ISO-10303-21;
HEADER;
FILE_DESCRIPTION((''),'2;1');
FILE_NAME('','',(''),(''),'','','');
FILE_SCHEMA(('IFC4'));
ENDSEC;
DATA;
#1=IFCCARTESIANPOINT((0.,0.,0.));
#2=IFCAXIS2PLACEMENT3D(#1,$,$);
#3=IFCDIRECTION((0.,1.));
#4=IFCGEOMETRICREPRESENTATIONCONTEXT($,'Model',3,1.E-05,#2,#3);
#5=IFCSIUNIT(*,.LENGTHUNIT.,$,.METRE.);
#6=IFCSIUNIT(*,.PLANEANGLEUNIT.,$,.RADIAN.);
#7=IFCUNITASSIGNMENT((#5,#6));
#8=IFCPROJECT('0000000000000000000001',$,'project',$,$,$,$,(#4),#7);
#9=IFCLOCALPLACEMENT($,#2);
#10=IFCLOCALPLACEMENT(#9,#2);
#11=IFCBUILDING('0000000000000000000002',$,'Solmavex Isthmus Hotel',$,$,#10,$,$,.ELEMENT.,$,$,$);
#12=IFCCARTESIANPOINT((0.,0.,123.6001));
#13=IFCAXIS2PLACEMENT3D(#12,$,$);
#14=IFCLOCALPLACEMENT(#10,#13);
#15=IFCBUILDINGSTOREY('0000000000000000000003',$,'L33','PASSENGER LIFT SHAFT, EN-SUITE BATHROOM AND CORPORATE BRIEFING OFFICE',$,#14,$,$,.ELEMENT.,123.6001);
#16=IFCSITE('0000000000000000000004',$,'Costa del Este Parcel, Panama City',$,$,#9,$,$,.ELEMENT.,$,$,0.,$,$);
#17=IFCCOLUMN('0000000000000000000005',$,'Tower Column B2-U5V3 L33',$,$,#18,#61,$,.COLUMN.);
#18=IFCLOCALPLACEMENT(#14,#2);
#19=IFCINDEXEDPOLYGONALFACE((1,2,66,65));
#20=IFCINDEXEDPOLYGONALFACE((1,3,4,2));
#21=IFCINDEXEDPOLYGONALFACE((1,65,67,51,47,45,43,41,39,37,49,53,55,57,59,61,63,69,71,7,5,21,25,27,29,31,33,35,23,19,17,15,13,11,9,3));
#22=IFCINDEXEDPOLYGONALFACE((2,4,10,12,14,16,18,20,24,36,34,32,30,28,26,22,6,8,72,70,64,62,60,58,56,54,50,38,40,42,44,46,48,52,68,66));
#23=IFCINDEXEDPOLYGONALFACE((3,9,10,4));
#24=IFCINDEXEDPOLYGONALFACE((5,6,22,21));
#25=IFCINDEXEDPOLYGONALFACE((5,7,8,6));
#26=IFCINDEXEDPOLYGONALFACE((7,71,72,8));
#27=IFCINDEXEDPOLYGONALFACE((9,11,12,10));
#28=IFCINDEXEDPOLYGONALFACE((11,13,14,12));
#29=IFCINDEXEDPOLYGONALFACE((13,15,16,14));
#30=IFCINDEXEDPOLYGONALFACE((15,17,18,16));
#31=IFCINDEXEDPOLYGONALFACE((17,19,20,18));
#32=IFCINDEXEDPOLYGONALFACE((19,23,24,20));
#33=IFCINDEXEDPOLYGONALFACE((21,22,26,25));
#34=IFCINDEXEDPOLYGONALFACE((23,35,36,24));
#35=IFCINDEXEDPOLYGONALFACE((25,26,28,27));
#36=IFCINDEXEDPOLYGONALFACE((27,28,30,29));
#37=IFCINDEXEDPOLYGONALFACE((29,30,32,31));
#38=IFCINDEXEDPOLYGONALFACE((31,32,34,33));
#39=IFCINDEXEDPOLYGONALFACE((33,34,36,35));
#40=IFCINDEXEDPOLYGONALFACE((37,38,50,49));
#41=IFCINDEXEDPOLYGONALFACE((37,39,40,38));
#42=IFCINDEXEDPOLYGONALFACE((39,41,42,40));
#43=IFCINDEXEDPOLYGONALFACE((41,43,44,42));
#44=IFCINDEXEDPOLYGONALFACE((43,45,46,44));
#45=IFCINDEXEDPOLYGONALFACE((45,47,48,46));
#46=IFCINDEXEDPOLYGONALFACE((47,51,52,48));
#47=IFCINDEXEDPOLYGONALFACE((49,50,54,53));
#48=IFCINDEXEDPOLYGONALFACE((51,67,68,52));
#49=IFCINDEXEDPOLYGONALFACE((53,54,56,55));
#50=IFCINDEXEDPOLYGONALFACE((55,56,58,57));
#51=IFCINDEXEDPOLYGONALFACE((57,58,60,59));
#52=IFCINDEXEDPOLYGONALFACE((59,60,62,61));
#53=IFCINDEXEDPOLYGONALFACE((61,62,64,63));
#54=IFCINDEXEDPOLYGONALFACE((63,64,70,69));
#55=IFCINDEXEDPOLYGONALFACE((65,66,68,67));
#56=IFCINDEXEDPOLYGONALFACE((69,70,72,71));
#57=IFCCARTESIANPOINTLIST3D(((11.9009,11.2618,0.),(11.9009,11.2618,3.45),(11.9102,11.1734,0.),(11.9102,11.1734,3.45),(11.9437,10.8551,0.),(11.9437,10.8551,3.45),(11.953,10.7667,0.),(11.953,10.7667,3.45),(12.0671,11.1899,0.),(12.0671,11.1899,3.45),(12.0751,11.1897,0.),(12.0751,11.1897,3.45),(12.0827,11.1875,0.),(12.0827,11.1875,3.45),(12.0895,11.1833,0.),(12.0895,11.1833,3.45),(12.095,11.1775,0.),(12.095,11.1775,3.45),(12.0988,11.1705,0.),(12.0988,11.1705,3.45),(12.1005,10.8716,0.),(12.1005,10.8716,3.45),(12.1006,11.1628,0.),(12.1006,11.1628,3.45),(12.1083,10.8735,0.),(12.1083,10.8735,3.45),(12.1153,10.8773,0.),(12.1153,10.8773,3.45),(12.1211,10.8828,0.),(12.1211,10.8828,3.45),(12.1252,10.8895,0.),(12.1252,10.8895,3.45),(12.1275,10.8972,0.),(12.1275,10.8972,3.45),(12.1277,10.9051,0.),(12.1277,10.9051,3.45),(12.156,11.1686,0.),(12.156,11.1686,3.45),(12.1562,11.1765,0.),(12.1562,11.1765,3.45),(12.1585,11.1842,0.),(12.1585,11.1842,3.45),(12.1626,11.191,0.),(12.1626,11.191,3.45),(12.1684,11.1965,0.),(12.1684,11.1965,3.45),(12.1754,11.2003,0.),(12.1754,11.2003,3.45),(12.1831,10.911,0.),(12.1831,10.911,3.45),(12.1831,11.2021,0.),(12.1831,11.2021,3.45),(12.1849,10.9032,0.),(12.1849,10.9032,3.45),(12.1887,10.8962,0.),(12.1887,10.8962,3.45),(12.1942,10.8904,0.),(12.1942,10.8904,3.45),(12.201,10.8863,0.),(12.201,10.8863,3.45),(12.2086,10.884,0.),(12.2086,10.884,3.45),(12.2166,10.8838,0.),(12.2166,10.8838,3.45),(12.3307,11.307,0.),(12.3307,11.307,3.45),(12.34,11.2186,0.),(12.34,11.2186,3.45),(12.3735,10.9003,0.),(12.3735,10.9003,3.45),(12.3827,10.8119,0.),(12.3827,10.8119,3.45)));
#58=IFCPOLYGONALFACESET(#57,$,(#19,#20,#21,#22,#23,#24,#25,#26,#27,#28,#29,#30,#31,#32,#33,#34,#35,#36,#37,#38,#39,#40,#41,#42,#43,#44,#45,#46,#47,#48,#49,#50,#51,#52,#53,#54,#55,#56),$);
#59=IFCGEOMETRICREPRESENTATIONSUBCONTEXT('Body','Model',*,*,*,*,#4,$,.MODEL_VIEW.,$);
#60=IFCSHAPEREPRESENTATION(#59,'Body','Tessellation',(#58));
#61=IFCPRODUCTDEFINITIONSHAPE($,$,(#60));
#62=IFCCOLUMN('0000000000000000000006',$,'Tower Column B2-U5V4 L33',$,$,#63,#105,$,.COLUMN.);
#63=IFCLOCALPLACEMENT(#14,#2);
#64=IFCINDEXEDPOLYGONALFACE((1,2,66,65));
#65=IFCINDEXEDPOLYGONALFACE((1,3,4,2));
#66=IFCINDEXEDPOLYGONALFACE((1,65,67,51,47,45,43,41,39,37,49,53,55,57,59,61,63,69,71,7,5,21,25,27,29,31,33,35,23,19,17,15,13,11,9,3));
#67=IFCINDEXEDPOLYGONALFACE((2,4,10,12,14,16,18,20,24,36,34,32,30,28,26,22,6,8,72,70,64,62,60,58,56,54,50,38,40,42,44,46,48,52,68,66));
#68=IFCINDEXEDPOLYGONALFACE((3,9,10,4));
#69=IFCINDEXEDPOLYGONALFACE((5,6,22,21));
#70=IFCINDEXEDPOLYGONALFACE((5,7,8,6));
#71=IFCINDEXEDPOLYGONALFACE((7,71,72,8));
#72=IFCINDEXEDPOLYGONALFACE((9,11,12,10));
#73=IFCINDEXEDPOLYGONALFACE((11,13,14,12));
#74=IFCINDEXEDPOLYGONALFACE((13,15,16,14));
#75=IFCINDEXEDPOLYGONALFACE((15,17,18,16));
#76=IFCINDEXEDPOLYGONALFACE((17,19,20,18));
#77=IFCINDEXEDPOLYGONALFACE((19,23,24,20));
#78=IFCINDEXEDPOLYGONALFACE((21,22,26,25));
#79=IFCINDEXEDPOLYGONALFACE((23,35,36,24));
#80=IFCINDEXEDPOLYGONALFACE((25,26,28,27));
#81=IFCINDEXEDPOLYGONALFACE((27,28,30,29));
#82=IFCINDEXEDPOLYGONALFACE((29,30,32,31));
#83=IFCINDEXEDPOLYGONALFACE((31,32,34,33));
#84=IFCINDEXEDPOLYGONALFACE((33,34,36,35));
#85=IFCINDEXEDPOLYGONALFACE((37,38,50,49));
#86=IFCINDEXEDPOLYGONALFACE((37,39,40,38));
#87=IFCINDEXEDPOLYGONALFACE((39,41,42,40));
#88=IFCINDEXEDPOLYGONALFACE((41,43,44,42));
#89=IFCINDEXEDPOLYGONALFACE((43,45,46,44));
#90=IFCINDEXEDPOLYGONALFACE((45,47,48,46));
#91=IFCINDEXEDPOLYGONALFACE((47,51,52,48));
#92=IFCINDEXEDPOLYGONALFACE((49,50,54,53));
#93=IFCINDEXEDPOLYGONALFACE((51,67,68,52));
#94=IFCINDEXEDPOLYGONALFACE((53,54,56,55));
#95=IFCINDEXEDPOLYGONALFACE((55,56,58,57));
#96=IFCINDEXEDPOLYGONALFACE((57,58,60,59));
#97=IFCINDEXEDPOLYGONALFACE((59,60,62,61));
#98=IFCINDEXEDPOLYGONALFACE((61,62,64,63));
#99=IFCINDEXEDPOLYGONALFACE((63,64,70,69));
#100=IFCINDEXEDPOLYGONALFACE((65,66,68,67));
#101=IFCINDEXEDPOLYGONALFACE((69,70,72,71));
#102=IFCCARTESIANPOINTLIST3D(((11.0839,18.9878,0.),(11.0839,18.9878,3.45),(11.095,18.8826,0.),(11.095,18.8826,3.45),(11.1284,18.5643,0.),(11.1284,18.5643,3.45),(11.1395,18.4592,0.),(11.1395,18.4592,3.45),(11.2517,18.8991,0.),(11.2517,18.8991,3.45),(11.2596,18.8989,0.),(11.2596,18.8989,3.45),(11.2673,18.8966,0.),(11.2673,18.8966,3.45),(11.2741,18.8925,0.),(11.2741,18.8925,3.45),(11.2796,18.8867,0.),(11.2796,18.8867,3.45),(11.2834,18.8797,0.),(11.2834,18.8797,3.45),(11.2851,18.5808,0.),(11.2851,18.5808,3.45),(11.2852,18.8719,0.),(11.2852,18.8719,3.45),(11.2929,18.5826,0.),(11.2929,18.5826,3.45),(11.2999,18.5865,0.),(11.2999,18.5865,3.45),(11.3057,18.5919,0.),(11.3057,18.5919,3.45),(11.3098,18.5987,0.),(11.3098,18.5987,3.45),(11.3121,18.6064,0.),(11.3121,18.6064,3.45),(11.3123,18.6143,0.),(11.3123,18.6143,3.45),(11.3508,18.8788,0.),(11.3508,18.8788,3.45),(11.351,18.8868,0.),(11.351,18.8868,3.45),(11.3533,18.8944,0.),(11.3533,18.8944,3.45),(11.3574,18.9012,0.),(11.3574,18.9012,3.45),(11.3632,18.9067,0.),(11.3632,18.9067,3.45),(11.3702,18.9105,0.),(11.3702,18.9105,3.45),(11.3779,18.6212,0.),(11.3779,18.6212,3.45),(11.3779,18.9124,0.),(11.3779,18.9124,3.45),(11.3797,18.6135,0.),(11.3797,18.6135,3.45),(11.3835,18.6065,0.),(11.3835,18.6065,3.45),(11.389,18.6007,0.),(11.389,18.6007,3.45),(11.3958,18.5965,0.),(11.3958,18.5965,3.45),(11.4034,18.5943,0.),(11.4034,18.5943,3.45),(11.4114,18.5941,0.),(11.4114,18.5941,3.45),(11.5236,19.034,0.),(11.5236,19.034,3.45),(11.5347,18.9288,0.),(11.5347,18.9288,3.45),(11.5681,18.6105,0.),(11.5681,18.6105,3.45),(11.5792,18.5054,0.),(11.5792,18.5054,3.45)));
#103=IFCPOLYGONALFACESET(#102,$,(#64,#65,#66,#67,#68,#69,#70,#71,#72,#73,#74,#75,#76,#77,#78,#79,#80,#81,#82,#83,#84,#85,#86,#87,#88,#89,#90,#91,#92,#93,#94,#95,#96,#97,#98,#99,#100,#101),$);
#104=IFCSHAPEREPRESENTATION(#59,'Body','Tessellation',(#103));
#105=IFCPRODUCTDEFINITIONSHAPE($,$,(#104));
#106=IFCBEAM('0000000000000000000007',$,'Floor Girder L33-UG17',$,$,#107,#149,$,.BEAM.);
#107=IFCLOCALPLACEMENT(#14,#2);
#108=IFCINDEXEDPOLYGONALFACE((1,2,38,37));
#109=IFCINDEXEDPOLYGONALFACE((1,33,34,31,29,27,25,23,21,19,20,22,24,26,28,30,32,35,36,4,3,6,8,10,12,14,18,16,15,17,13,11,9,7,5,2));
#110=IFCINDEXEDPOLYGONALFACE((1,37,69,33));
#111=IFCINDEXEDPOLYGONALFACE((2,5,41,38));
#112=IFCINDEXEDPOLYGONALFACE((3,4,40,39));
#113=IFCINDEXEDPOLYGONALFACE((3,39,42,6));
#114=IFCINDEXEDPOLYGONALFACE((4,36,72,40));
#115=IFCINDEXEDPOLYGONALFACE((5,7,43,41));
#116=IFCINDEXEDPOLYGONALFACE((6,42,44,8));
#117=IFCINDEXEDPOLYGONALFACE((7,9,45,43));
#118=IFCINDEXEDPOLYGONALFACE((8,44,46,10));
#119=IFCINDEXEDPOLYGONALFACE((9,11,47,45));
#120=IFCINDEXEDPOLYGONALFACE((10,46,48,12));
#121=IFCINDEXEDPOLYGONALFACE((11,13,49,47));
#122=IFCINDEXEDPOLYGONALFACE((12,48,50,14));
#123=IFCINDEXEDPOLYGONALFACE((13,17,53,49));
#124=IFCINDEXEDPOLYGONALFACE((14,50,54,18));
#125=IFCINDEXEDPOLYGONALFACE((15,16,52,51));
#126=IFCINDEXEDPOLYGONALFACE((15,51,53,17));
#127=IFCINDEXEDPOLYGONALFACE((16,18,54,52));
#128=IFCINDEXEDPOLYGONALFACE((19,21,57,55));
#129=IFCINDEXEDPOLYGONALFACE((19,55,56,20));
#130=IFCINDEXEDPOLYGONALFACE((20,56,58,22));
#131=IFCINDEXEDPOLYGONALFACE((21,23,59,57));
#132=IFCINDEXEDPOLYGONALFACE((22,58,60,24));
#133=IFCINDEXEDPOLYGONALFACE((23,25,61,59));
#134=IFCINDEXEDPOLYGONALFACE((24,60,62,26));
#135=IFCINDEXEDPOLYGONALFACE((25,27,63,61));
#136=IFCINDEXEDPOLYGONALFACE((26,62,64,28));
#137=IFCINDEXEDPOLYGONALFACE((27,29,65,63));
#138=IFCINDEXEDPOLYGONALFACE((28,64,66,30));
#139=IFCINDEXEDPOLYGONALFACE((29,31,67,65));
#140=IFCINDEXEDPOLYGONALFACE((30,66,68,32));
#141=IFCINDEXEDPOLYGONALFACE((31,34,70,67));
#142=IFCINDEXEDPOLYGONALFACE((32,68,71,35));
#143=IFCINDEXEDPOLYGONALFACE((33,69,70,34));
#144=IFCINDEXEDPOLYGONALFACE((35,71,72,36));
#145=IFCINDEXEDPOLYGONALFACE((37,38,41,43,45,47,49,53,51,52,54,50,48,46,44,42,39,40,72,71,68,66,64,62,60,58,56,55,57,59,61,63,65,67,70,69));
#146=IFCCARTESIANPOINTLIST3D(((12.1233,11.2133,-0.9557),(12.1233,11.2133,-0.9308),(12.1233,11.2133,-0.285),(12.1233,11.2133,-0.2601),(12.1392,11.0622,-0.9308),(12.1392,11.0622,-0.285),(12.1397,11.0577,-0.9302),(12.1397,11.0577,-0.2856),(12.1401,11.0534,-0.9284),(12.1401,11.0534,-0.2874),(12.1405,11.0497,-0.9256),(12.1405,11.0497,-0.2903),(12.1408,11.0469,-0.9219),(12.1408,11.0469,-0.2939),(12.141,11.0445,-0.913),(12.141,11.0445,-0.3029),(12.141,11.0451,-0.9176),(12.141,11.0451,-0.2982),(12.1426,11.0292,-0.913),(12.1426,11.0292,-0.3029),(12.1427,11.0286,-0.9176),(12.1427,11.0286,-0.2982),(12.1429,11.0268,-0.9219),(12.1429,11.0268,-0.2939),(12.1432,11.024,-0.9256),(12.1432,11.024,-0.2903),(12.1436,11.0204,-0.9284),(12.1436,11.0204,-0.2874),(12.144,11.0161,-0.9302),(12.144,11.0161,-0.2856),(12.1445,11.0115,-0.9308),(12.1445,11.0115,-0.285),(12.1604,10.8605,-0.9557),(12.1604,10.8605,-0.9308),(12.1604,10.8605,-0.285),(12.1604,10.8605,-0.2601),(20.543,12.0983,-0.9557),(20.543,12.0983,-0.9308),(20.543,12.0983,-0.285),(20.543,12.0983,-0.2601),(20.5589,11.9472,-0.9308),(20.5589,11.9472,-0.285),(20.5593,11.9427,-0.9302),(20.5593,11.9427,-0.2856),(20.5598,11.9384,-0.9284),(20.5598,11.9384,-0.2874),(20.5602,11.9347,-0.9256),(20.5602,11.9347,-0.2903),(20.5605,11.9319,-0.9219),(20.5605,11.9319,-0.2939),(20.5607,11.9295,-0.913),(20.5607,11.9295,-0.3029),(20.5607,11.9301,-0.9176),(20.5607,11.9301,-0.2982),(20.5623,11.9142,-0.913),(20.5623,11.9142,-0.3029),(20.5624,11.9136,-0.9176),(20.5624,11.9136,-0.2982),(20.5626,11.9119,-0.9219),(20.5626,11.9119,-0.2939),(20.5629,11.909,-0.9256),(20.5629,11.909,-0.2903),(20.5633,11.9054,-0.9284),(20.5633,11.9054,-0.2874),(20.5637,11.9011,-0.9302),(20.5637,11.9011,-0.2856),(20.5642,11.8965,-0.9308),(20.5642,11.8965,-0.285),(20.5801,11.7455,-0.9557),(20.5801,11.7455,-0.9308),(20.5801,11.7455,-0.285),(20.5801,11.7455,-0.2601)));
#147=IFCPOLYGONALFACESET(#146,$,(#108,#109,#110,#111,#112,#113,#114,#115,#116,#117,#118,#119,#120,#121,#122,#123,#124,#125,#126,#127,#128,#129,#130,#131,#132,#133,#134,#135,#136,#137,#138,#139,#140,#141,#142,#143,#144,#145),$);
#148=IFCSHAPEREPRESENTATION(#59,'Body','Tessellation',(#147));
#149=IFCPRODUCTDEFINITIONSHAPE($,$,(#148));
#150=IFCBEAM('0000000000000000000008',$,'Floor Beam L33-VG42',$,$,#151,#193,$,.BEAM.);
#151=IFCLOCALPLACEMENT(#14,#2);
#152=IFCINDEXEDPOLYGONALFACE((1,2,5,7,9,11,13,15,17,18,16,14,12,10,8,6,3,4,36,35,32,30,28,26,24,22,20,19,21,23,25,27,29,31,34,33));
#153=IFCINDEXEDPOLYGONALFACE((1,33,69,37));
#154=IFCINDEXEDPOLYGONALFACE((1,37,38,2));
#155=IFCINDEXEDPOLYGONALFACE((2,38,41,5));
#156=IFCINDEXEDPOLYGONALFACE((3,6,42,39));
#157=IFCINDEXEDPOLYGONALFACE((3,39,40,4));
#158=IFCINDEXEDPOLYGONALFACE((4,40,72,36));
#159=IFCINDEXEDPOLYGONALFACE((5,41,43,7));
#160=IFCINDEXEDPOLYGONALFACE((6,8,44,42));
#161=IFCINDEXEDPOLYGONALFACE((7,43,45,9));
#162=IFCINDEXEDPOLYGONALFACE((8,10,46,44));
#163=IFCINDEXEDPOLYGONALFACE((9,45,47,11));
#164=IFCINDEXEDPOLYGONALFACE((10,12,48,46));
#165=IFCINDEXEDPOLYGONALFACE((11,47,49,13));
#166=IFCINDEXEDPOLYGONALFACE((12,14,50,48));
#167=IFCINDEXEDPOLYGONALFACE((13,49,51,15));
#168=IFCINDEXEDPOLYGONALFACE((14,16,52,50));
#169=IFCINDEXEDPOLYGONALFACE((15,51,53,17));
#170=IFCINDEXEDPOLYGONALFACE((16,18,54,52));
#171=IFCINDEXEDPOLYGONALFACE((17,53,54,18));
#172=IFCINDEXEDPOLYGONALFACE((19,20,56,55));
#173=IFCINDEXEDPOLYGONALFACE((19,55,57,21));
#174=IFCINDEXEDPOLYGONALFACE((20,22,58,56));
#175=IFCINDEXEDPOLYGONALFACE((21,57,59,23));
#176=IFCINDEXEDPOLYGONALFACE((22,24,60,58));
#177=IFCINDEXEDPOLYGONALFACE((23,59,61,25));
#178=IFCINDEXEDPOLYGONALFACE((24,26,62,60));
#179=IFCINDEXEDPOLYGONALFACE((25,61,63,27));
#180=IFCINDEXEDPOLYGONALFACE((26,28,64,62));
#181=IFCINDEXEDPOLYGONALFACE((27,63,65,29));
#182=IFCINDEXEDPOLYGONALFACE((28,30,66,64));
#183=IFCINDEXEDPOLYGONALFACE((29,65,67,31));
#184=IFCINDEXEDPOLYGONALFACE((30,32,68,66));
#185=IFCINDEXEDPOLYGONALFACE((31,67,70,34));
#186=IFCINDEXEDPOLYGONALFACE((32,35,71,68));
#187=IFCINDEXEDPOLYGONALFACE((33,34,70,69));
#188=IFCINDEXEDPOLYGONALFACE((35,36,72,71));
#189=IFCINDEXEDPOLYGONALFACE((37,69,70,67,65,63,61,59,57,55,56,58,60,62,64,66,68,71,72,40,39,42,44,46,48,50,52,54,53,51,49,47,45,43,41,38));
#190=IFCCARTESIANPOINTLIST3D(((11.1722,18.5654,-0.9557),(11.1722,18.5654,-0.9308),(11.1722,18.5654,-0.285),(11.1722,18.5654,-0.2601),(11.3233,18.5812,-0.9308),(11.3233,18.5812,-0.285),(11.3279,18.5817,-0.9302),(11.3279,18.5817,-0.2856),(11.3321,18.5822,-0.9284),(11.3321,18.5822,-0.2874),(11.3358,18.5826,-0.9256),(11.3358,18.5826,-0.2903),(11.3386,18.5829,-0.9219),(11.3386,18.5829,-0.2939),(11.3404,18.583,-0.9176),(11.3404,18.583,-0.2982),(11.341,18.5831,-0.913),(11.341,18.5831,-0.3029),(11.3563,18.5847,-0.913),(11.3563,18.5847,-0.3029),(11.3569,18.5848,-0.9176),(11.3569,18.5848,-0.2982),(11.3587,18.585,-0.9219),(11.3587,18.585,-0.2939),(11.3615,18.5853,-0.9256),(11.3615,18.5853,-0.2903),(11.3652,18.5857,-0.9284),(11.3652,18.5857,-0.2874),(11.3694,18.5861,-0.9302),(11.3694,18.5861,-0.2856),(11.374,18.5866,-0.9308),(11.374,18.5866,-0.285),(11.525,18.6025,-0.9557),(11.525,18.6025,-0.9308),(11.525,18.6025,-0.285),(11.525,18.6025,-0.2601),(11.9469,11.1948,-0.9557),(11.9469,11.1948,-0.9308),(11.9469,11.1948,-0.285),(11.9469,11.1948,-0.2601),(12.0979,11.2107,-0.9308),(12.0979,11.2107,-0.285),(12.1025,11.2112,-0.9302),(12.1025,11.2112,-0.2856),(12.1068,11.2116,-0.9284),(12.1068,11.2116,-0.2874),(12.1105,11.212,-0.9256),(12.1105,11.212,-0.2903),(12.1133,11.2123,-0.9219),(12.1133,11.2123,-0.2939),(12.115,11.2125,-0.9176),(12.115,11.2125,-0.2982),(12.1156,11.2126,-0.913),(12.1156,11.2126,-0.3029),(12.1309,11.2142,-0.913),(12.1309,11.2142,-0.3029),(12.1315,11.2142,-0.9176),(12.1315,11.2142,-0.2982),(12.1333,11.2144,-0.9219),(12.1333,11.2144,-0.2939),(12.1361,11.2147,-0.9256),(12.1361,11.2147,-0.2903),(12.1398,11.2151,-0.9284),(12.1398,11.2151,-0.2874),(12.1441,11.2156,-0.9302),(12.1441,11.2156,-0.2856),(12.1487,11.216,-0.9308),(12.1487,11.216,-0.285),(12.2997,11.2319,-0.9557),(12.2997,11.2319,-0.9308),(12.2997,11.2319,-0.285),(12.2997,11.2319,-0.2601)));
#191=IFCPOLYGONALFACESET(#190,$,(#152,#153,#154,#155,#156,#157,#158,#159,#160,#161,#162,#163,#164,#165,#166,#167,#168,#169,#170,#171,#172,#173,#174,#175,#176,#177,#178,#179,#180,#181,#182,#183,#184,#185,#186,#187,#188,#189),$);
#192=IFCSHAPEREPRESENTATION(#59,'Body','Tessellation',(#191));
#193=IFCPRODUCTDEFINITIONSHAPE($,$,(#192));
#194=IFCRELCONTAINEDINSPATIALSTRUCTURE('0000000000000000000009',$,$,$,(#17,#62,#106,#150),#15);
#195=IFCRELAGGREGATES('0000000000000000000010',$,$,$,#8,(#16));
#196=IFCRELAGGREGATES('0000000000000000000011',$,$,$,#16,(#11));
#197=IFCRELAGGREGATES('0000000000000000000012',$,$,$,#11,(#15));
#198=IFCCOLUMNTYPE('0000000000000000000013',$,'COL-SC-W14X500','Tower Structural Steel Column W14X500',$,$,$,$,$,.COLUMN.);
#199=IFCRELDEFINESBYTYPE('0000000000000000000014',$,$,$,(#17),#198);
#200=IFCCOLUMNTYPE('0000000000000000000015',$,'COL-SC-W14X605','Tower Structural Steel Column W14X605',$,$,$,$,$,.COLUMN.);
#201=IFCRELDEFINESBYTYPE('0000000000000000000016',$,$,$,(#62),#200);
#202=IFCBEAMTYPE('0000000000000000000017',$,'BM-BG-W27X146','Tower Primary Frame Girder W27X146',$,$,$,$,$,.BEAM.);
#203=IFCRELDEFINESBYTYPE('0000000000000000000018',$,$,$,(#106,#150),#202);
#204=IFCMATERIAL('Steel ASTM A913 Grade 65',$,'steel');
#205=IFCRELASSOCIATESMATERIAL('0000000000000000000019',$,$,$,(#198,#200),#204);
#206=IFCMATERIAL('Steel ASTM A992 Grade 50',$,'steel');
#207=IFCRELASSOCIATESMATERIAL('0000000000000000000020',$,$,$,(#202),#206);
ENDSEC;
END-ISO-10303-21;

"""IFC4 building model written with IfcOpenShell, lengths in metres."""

from ifc_helpers import new_model, si_unit, direction, frame, origin, origin_2d, place, context, subcontext, project, spatial, i_section, extrude, material, material_profile, profile_set, type_object, element, save


model = new_model("IFC4")

# Units and contexts
model_context = context("Model", 3, precision=1e-05, world=origin(), true_north=direction((0.0, 1.0)))
body_context = subcontext(model_context, "Body", "Model", "MODEL_VIEW")
ifc_project = project(units=[si_unit("LENGTHUNIT", "METRE"), si_unit("PLANEANGLEUNIT", "RADIAN")], contexts=[model_context])

# Site, building, storey
site_placement = place(None, origin())
site = spatial("IfcSite", under=ifc_project, at=site_placement, Name="Costa del Este Parcel, Panama City", CompositionType="ELEMENT", RefElevation=0.0)
building_placement = place(site_placement, origin())
building = spatial("IfcBuilding", under=site, at=building_placement, Name="Solmavex Isthmus Hotel", CompositionType="ELEMENT")
storey_placement = place(building_placement, frame((0.0, 0.0, 123.6001)))
storey = spatial("IfcBuildingStorey", under=building, at=storey_placement, Name="L33", Description="PASSENGER LIFT SHAFT, EN-SUITE BATHROOM AND CORPORATE BRIEFING OFFICE", CompositionType="ELEMENT", Elevation=123.6001)

# Columns
ifc_material_1 = material(Name="Steel ASTM A913 Grade 65", Category="steel")
ifc_material_profile_1 = material_profile(ifc_material_1, i_section(OverallWidth=0.4321, OverallDepth=0.4978, WebThickness=0.0557, FlangeThickness=0.0889, FilletRadius=0.0305, at=origin_2d()), Name="W14X500")
ifc_profile_set_1 = profile_set([ifc_material_profile_1], Name="Steel ASTM A913 Grade 65")
column_type_1 = type_object("IfcColumnType", Name="COL-SC-W14X500", Description="Tower Structural Steel Column W14X500", PredefinedType="COLUMN", material=ifc_profile_set_1)
column_1_placement = place(storey_placement, frame((12.1418, 11.0369, 0.0), z_axis=(0.0, 0.0, 1.0), x_axis=(0.994522, 0.104528, 0.0)))
element("IfcColumn", 1, at=column_1_placement, inside=storey, type_object=column_type_1, Name="Tower Column B2-U5V3 L33", PredefinedType="COLUMN", context=body_context, shape_type="SweptSolid", body=[
    extrude(i_section(OverallWidth=0.4321, OverallDepth=0.4978, WebThickness=0.0557, FlangeThickness=0.0889, FilletRadius=0.0305, at=origin_2d()), origin(), (0.0, 0.0, 1.0), 3.45),
])
ifc_material_profile_2 = material_profile(ifc_material_1, i_section(OverallWidth=0.4421, OverallDepth=0.5315, WebThickness=0.0659, FlangeThickness=0.1057, FilletRadius=0.0305, at=origin_2d()), Name="W14X605")
ifc_profile_set_2 = profile_set([ifc_material_profile_2], Name="Steel ASTM A913 Grade 65")
column_type_2 = type_object("IfcColumnType", Name="COL-SC-W14X605", Description="Tower Structural Steel Column W14X605", PredefinedType="COLUMN", material=ifc_profile_set_2)
column_2_placement = place(storey_placement, frame((11.3315, 18.7466, 0.0), z_axis=(0.0, 0.0, 1.0), x_axis=(0.994522, 0.104528, 0.0)))
element("IfcColumn", 2, at=column_2_placement, inside=storey, type_object=column_type_2, Name="Tower Column B2-U5V4 L33", PredefinedType="COLUMN", context=body_context, shape_type="SweptSolid", body=[
    extrude(i_section(OverallWidth=0.4421, OverallDepth=0.5315, WebThickness=0.0659, FlangeThickness=0.1057, FilletRadius=0.0305, at=origin_2d()), origin(), (0.0, 0.0, 1.0), 3.45),
])

# Beams
ifc_material_2 = material(Name="Steel ASTM A992 Grade 50", Category="steel")
ifc_material_profile_3 = material_profile(ifc_material_2, i_section(OverallWidth=0.3547, OverallDepth=0.6956, WebThickness=0.0154, FlangeThickness=0.0249, FilletRadius=0.0178, at=origin_2d()), Name="W27X146")
ifc_profile_set_3 = profile_set([ifc_material_profile_3], Name="Steel ASTM A992 Grade 50")
beam_type_1 = type_object("IfcBeamType", Name="BM-BG-W27X146", Description="Tower Primary Frame Girder W27X146", PredefinedType="BEAM", material=ifc_profile_set_3)
beam_1_placement = place(storey_placement, frame((12.1418, 11.0369, -0.6079), z_axis=(0.994521, 0.104536, 0.0), x_axis=(-0.104536, 0.994521, 0.0)))
element("IfcBeam", 3, at=beam_1_placement, inside=storey, type_object=beam_type_1, Name="Floor Girder L33-UG17", PredefinedType="BEAM", context=body_context, shape_type="SweptSolid", body=[
    extrude(i_section(OverallWidth=0.3547, OverallDepth=0.6956, WebThickness=0.0154, FlangeThickness=0.0249, FilletRadius=0.0178, at=origin_2d()), origin(), (0.0, 0.0, 1.0), 8.4661),
])
beam_2_placement = place(storey_placement, frame((12.1233, 11.2134, -0.6079), z_axis=(-0.104525, 0.994522, 0.0), x_axis=(-0.994522, -0.104525, 0.0)))
element("IfcBeam", 4, at=beam_2_placement, inside=storey, type_object=beam_type_1, Name="Floor Beam L33-VG42", PredefinedType="BEAM", context=body_context, shape_type="SweptSolid", body=[
    extrude(i_section(OverallWidth=0.3547, OverallDepth=0.6956, WebThickness=0.0154, FlangeThickness=0.0249, FilletRadius=0.0178, at=origin_2d()), origin(), (0.0, 0.0, 1.0), 7.4111),
])

save(model, "model.ifc")
